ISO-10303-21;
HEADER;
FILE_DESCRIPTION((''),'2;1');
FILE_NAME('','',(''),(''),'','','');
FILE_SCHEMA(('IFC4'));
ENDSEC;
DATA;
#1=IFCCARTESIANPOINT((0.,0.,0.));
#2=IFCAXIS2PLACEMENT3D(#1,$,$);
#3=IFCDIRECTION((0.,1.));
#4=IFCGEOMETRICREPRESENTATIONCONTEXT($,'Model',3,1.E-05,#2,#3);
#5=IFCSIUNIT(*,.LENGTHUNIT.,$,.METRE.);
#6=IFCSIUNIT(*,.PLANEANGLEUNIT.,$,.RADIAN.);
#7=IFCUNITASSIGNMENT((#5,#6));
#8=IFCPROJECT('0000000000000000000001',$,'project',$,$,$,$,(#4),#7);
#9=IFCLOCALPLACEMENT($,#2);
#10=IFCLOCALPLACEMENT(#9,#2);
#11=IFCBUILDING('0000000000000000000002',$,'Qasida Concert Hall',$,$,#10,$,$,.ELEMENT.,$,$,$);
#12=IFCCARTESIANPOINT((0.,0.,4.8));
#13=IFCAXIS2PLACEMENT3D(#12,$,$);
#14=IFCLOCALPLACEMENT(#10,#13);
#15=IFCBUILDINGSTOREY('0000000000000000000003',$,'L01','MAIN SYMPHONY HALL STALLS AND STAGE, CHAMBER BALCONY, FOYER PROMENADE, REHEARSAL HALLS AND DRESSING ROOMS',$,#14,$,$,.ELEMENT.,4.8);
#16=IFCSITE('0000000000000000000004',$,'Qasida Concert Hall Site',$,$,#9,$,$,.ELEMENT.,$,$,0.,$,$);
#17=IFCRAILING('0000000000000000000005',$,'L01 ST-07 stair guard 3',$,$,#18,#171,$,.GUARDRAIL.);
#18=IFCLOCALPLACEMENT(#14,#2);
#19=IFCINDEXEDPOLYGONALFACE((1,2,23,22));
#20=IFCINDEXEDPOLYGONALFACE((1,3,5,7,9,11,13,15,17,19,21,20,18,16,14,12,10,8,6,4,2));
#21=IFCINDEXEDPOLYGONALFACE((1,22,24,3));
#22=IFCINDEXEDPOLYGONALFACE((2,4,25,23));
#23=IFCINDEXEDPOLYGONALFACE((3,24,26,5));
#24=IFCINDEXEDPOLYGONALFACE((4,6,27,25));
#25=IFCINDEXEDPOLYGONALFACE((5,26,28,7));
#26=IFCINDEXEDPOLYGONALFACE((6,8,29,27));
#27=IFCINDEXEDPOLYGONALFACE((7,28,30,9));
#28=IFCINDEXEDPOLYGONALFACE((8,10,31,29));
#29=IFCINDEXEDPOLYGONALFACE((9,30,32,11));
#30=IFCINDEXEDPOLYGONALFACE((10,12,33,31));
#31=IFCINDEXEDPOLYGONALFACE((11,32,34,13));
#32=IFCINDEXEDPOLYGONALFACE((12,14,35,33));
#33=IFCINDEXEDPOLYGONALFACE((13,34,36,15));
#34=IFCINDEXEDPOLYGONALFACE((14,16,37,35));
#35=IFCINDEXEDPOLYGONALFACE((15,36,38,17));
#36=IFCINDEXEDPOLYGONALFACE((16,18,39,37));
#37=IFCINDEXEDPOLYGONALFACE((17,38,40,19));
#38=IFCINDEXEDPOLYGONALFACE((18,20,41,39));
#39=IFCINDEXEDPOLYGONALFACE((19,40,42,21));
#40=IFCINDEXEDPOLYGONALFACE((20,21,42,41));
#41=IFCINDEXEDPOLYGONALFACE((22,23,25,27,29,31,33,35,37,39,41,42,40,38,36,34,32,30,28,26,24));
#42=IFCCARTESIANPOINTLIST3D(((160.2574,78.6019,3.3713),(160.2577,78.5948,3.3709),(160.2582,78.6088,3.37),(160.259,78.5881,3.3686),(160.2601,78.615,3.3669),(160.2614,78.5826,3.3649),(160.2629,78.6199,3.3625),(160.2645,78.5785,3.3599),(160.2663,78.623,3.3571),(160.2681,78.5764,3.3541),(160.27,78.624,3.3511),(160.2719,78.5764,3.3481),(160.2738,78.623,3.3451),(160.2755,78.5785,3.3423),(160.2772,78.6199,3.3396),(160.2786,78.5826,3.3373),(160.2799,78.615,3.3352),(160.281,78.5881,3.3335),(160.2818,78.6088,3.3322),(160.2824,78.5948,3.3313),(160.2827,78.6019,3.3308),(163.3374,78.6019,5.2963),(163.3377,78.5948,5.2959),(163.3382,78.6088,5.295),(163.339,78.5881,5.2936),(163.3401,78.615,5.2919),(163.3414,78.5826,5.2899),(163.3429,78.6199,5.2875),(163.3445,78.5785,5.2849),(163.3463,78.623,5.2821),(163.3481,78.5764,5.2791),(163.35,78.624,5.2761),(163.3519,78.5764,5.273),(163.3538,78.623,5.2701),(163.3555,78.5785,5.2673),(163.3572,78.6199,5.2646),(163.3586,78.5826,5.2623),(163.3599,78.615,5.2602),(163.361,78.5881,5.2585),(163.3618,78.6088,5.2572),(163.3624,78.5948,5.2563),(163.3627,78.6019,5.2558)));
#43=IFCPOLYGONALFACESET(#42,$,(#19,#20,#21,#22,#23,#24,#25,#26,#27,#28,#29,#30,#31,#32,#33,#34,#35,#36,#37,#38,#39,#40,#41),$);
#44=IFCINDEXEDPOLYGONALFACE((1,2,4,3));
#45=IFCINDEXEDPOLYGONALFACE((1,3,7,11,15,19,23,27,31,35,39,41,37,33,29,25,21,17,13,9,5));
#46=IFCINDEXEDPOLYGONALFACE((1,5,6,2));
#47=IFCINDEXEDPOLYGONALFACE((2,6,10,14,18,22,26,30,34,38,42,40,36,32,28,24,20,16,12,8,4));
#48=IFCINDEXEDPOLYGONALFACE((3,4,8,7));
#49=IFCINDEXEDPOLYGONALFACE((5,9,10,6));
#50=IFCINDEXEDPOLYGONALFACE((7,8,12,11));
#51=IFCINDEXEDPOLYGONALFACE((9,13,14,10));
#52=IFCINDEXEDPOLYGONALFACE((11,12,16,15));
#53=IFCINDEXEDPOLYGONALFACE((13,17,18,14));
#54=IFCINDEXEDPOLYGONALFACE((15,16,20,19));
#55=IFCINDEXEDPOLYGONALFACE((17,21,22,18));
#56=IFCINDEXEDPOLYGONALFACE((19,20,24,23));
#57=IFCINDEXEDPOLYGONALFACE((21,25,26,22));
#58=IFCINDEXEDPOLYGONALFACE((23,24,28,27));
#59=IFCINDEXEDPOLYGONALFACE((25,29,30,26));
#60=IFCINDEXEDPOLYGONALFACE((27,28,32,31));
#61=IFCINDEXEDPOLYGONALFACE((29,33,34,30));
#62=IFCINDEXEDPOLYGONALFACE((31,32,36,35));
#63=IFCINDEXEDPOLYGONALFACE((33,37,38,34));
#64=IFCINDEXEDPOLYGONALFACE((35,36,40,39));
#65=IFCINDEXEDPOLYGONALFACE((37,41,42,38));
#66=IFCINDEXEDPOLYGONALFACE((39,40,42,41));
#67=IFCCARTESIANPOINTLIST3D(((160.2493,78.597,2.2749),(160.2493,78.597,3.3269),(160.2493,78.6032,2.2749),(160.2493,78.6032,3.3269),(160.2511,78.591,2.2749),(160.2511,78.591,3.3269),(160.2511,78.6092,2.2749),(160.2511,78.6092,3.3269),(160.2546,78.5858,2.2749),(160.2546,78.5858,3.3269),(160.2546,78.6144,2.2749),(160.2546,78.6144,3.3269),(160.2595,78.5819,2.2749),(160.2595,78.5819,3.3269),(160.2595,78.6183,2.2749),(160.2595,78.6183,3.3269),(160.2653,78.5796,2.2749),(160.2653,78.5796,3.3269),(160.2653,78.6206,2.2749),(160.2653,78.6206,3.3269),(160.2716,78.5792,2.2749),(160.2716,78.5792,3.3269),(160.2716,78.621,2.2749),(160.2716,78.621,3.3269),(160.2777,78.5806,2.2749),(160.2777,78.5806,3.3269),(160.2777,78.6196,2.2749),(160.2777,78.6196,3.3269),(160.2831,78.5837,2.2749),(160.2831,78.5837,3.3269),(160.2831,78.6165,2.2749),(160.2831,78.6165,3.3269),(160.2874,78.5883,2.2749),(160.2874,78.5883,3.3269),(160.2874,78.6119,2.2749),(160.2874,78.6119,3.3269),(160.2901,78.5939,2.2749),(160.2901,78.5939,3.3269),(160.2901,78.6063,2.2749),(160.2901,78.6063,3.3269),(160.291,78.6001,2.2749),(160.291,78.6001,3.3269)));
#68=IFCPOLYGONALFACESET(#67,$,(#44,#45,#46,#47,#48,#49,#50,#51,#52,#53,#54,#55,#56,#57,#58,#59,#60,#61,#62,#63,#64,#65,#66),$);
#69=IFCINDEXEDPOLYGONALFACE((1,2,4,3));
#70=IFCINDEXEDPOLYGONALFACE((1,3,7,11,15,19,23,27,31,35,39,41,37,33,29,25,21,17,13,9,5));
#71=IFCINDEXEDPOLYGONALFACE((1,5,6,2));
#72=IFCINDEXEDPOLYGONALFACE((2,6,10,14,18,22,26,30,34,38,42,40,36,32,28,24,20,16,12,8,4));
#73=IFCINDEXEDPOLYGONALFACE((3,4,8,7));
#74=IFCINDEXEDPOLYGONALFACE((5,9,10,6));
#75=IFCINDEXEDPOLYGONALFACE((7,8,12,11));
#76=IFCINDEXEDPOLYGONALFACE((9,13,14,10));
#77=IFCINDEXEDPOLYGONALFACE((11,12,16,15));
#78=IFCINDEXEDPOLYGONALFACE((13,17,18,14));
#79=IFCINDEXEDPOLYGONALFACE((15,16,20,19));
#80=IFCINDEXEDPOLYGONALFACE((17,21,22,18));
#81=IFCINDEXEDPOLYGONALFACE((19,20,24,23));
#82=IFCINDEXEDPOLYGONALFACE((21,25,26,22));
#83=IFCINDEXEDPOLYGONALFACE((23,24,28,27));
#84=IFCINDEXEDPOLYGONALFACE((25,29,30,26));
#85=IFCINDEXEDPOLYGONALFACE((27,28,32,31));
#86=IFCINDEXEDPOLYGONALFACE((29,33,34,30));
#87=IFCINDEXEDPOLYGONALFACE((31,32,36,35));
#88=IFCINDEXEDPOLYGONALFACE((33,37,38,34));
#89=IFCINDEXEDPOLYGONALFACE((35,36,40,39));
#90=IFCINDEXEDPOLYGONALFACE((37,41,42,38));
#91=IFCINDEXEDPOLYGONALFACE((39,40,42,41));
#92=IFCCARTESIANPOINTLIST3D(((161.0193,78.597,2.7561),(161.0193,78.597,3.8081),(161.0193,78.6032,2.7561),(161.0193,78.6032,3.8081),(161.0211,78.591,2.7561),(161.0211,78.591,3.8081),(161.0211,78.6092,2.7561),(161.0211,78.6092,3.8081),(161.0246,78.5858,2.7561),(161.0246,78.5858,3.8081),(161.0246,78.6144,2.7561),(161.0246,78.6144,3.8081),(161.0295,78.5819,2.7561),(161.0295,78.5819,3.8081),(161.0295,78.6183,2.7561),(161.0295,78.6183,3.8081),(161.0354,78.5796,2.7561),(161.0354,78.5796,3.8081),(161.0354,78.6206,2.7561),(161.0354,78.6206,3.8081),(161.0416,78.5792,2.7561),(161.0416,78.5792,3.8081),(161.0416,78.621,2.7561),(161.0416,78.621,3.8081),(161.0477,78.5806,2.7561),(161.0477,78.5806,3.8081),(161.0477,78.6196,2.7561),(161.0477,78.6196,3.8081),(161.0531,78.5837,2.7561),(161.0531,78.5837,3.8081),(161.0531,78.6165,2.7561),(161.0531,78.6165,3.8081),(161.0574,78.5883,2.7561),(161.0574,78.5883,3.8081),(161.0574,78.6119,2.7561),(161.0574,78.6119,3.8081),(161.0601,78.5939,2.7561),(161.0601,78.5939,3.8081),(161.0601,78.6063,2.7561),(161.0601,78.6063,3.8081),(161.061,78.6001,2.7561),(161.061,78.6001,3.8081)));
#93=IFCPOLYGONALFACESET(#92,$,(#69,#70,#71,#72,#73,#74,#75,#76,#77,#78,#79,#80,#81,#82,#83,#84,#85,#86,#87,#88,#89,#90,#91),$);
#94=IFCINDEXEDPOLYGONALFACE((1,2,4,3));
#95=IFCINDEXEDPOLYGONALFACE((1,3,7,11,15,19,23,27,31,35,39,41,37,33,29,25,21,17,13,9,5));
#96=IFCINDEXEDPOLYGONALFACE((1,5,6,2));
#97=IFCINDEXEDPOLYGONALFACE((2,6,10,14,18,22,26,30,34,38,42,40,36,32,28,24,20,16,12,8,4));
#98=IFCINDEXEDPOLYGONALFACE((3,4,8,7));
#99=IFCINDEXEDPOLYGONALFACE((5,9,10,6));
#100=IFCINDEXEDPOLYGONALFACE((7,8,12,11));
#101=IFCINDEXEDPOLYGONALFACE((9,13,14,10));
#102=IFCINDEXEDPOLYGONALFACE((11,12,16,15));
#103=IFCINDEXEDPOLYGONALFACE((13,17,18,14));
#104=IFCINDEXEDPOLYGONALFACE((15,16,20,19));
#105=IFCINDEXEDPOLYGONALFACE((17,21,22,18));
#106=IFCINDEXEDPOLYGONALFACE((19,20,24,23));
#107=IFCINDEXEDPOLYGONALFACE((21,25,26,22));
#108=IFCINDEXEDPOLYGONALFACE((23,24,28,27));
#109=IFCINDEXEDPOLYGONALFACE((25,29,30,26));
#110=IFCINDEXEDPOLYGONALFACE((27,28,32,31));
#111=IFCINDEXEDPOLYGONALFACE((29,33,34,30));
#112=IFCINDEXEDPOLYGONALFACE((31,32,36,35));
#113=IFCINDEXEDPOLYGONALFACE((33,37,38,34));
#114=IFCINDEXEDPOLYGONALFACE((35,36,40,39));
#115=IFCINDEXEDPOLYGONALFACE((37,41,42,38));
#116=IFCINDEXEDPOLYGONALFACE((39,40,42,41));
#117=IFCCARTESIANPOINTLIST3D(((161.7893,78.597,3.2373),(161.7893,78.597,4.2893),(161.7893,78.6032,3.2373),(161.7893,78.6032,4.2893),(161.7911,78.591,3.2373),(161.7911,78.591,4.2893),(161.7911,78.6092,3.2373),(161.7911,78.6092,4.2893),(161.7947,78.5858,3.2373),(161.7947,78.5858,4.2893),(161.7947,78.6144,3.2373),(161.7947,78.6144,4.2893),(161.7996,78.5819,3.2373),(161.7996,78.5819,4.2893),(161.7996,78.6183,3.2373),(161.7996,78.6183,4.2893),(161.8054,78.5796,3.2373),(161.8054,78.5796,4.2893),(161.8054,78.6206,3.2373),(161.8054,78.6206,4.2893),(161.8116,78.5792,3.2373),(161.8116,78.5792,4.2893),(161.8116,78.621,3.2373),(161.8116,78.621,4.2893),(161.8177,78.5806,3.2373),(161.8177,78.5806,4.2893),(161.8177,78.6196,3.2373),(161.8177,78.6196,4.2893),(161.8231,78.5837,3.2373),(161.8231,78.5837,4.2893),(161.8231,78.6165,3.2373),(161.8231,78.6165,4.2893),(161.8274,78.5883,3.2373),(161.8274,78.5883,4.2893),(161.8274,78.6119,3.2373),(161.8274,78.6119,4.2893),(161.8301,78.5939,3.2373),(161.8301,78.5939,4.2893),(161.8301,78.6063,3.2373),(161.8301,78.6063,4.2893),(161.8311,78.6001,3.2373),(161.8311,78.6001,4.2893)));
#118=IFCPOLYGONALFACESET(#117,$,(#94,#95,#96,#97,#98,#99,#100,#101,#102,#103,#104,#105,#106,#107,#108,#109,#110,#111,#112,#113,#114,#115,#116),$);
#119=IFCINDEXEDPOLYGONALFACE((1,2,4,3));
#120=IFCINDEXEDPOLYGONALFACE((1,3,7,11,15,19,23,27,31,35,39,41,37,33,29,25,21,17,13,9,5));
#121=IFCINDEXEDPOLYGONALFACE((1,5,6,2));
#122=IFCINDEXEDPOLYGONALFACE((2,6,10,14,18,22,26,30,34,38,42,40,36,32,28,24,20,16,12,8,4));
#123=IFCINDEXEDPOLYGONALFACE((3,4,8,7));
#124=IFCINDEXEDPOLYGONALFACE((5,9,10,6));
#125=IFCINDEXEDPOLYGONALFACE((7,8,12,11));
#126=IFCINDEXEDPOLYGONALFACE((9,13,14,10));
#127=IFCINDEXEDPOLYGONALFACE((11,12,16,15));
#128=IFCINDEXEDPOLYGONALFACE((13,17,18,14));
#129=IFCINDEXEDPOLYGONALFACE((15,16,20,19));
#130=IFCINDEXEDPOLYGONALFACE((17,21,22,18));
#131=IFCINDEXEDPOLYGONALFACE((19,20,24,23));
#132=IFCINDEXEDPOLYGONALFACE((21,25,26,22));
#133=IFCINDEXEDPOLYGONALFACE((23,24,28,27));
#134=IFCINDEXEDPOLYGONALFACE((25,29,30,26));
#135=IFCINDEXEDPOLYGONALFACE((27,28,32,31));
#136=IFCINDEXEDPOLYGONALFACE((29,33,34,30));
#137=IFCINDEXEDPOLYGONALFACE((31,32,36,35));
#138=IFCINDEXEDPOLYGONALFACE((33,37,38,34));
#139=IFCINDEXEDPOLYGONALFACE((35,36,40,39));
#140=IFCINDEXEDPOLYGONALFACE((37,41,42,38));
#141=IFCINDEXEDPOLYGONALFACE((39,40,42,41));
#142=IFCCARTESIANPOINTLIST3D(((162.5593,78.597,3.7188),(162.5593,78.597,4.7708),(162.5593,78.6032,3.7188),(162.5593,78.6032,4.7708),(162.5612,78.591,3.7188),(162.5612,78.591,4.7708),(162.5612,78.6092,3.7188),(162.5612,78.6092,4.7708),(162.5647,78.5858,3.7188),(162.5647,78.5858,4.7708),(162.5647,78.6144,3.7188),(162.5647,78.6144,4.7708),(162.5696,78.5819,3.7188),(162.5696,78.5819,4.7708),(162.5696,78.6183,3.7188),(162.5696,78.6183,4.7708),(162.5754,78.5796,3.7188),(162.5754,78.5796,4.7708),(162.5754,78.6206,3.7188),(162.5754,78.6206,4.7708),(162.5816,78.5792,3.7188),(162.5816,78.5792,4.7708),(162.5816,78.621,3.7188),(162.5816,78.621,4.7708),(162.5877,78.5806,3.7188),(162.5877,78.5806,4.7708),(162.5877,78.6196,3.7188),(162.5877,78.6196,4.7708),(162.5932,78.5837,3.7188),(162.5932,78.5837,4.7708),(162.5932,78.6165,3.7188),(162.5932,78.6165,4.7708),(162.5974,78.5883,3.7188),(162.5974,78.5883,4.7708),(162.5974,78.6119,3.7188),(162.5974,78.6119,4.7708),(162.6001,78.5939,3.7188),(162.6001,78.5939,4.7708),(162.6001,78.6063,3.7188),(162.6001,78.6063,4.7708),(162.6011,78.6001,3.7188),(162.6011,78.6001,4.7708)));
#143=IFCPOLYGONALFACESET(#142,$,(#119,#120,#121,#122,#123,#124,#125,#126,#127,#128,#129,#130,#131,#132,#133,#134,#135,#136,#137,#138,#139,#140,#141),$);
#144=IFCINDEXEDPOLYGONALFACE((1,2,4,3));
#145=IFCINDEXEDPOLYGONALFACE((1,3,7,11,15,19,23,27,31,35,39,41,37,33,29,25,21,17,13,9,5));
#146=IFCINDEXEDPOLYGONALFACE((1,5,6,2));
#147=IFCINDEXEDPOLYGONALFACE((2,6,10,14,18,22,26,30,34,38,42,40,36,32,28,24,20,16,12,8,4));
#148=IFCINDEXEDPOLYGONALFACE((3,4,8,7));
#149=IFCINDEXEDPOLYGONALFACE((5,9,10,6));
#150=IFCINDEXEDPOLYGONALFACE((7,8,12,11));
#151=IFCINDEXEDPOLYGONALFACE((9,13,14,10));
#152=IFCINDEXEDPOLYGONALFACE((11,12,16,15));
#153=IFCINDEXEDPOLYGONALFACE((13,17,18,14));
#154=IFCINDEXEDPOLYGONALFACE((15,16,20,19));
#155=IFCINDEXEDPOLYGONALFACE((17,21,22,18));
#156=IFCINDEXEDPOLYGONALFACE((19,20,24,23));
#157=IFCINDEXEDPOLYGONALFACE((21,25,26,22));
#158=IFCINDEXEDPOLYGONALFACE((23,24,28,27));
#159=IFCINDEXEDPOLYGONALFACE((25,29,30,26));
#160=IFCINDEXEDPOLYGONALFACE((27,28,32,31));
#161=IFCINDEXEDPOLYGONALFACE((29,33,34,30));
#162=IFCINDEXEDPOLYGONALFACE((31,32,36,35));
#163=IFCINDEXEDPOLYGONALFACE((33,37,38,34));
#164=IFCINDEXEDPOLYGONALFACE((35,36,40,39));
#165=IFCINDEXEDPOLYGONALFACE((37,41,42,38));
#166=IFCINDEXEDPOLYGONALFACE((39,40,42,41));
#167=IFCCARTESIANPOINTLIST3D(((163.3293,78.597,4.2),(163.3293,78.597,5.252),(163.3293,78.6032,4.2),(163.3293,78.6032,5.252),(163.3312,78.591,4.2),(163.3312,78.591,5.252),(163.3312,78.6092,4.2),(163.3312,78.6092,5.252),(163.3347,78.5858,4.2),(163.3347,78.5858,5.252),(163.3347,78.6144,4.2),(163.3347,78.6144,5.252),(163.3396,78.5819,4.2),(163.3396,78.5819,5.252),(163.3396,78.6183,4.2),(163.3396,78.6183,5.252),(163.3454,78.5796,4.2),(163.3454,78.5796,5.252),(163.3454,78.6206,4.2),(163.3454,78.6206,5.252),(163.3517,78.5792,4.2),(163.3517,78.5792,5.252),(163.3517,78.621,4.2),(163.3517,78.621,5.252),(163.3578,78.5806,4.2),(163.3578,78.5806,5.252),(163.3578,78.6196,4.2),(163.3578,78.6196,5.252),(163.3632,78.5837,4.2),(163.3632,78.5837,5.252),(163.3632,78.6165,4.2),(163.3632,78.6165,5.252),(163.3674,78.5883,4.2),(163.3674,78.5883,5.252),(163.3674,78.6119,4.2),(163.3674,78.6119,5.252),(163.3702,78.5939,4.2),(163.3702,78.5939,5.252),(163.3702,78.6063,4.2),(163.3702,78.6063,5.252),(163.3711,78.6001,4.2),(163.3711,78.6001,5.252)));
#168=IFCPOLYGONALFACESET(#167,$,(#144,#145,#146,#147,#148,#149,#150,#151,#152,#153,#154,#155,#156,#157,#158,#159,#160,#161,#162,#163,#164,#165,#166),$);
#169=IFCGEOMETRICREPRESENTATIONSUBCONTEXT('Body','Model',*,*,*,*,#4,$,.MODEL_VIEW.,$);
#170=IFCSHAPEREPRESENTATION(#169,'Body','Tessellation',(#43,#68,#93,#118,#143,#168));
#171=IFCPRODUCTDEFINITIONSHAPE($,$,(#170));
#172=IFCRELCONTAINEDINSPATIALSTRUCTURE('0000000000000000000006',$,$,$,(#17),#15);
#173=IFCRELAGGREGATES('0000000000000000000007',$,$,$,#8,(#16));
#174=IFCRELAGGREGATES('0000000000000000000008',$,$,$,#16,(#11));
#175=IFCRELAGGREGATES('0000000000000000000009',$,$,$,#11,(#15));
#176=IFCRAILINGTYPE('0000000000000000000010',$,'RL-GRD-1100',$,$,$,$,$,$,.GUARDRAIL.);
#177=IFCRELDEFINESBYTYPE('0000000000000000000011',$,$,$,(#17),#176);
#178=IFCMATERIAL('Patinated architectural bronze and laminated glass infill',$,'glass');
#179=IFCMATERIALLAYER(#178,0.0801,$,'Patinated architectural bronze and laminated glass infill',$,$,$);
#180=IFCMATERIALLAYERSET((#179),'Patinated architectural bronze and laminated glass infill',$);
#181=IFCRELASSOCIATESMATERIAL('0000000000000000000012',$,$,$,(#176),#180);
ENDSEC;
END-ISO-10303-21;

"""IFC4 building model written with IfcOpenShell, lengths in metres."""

from ifc_helpers import new_model, si_unit, direction, frame, origin, origin_2d, place, context, subcontext, project, spatial, circle, extrude, material, layer, layer_set, type_object, element, save


model = new_model("IFC4")

# Units and contexts
model_context = context("Model", 3, precision=1e-05, world=origin(), true_north=direction((0.0, 1.0)))
body_context = subcontext(model_context, "Body", "Model", "MODEL_VIEW")
ifc_project = project(units=[si_unit("LENGTHUNIT", "METRE"), si_unit("PLANEANGLEUNIT", "RADIAN")], contexts=[model_context])

# Site, building, storey
site_placement = place(None, origin())
site = spatial("IfcSite", under=ifc_project, at=site_placement, Name="Qasida Concert Hall Site", CompositionType="ELEMENT", RefElevation=0.0)
building_placement = place(site_placement, origin())
building = spatial("IfcBuilding", under=site, at=building_placement, Name="Qasida Concert Hall", CompositionType="ELEMENT")
storey_placement = place(building_placement, frame((0.0, 0.0, 4.8)))
storey = spatial("IfcBuildingStorey", under=building, at=storey_placement, Name="L01", Description="MAIN SYMPHONY HALL STALLS AND STAGE, CHAMBER BALCONY, FOYER PROMENADE, REHEARSAL HALLS AND DRESSING ROOMS", CompositionType="ELEMENT", Elevation=4.8)

# Railing
ifc_material_1 = material(Name="Patinated architectural bronze and laminated glass infill", Category="glass")
ifc_layer_1 = layer(ifc_material_1, 0.0801, Name="Patinated architectural bronze and laminated glass infill")
ifc_layer_set_1 = layer_set([ifc_layer_1], Name="Patinated architectural bronze and laminated glass infill")
railing_type_1 = type_object("IfcRailingType", Name="RL-GRD-1100", PredefinedType="GUARDRAIL", material=ifc_layer_set_1)
railing_1_placement = place(storey_placement, frame((160.27, 78.6001, 2.2749)))
element("IfcRailing", 1, at=railing_1_placement, inside=storey, type_object=railing_type_1, Name="L01 ST-07 stair guard 3", PredefinedType="GUARDRAIL", context=body_context, shape_type="SweptSolid", body=[
    extrude(circle(Radius=0.0239, at=origin_2d()), frame((0.0, 0.0, 1.0762), z_axis=(0.847998, 0.0, 0.529999), x_axis=(0.0, 1.0, 0.0)), (0.0, 0.0, 1.0), 3.6321),
    extrude(circle(Radius=0.021, at=origin_2d()), origin(), (0.0, 0.0, 1.0), 1.052),
    extrude(circle(Radius=0.021, at=origin_2d()), frame((0.77, 0.0, 0.4812)), (0.0, 0.0, 1.0), 1.052),
    extrude(circle(Radius=0.021, at=origin_2d()), frame((1.54, 0.0, 0.9624)), (0.0, 0.0, 1.0), 1.052),
    extrude(circle(Radius=0.021, at=origin_2d()), frame((2.3101, 0.0, 1.4438)), (0.0, 0.0, 1.0), 1.052),
    extrude(circle(Radius=0.021, at=origin_2d()), frame((3.0801, 0.0, 1.925)), (0.0, 0.0, 1.0), 1.052),
])

save(model, "model.ifc")
